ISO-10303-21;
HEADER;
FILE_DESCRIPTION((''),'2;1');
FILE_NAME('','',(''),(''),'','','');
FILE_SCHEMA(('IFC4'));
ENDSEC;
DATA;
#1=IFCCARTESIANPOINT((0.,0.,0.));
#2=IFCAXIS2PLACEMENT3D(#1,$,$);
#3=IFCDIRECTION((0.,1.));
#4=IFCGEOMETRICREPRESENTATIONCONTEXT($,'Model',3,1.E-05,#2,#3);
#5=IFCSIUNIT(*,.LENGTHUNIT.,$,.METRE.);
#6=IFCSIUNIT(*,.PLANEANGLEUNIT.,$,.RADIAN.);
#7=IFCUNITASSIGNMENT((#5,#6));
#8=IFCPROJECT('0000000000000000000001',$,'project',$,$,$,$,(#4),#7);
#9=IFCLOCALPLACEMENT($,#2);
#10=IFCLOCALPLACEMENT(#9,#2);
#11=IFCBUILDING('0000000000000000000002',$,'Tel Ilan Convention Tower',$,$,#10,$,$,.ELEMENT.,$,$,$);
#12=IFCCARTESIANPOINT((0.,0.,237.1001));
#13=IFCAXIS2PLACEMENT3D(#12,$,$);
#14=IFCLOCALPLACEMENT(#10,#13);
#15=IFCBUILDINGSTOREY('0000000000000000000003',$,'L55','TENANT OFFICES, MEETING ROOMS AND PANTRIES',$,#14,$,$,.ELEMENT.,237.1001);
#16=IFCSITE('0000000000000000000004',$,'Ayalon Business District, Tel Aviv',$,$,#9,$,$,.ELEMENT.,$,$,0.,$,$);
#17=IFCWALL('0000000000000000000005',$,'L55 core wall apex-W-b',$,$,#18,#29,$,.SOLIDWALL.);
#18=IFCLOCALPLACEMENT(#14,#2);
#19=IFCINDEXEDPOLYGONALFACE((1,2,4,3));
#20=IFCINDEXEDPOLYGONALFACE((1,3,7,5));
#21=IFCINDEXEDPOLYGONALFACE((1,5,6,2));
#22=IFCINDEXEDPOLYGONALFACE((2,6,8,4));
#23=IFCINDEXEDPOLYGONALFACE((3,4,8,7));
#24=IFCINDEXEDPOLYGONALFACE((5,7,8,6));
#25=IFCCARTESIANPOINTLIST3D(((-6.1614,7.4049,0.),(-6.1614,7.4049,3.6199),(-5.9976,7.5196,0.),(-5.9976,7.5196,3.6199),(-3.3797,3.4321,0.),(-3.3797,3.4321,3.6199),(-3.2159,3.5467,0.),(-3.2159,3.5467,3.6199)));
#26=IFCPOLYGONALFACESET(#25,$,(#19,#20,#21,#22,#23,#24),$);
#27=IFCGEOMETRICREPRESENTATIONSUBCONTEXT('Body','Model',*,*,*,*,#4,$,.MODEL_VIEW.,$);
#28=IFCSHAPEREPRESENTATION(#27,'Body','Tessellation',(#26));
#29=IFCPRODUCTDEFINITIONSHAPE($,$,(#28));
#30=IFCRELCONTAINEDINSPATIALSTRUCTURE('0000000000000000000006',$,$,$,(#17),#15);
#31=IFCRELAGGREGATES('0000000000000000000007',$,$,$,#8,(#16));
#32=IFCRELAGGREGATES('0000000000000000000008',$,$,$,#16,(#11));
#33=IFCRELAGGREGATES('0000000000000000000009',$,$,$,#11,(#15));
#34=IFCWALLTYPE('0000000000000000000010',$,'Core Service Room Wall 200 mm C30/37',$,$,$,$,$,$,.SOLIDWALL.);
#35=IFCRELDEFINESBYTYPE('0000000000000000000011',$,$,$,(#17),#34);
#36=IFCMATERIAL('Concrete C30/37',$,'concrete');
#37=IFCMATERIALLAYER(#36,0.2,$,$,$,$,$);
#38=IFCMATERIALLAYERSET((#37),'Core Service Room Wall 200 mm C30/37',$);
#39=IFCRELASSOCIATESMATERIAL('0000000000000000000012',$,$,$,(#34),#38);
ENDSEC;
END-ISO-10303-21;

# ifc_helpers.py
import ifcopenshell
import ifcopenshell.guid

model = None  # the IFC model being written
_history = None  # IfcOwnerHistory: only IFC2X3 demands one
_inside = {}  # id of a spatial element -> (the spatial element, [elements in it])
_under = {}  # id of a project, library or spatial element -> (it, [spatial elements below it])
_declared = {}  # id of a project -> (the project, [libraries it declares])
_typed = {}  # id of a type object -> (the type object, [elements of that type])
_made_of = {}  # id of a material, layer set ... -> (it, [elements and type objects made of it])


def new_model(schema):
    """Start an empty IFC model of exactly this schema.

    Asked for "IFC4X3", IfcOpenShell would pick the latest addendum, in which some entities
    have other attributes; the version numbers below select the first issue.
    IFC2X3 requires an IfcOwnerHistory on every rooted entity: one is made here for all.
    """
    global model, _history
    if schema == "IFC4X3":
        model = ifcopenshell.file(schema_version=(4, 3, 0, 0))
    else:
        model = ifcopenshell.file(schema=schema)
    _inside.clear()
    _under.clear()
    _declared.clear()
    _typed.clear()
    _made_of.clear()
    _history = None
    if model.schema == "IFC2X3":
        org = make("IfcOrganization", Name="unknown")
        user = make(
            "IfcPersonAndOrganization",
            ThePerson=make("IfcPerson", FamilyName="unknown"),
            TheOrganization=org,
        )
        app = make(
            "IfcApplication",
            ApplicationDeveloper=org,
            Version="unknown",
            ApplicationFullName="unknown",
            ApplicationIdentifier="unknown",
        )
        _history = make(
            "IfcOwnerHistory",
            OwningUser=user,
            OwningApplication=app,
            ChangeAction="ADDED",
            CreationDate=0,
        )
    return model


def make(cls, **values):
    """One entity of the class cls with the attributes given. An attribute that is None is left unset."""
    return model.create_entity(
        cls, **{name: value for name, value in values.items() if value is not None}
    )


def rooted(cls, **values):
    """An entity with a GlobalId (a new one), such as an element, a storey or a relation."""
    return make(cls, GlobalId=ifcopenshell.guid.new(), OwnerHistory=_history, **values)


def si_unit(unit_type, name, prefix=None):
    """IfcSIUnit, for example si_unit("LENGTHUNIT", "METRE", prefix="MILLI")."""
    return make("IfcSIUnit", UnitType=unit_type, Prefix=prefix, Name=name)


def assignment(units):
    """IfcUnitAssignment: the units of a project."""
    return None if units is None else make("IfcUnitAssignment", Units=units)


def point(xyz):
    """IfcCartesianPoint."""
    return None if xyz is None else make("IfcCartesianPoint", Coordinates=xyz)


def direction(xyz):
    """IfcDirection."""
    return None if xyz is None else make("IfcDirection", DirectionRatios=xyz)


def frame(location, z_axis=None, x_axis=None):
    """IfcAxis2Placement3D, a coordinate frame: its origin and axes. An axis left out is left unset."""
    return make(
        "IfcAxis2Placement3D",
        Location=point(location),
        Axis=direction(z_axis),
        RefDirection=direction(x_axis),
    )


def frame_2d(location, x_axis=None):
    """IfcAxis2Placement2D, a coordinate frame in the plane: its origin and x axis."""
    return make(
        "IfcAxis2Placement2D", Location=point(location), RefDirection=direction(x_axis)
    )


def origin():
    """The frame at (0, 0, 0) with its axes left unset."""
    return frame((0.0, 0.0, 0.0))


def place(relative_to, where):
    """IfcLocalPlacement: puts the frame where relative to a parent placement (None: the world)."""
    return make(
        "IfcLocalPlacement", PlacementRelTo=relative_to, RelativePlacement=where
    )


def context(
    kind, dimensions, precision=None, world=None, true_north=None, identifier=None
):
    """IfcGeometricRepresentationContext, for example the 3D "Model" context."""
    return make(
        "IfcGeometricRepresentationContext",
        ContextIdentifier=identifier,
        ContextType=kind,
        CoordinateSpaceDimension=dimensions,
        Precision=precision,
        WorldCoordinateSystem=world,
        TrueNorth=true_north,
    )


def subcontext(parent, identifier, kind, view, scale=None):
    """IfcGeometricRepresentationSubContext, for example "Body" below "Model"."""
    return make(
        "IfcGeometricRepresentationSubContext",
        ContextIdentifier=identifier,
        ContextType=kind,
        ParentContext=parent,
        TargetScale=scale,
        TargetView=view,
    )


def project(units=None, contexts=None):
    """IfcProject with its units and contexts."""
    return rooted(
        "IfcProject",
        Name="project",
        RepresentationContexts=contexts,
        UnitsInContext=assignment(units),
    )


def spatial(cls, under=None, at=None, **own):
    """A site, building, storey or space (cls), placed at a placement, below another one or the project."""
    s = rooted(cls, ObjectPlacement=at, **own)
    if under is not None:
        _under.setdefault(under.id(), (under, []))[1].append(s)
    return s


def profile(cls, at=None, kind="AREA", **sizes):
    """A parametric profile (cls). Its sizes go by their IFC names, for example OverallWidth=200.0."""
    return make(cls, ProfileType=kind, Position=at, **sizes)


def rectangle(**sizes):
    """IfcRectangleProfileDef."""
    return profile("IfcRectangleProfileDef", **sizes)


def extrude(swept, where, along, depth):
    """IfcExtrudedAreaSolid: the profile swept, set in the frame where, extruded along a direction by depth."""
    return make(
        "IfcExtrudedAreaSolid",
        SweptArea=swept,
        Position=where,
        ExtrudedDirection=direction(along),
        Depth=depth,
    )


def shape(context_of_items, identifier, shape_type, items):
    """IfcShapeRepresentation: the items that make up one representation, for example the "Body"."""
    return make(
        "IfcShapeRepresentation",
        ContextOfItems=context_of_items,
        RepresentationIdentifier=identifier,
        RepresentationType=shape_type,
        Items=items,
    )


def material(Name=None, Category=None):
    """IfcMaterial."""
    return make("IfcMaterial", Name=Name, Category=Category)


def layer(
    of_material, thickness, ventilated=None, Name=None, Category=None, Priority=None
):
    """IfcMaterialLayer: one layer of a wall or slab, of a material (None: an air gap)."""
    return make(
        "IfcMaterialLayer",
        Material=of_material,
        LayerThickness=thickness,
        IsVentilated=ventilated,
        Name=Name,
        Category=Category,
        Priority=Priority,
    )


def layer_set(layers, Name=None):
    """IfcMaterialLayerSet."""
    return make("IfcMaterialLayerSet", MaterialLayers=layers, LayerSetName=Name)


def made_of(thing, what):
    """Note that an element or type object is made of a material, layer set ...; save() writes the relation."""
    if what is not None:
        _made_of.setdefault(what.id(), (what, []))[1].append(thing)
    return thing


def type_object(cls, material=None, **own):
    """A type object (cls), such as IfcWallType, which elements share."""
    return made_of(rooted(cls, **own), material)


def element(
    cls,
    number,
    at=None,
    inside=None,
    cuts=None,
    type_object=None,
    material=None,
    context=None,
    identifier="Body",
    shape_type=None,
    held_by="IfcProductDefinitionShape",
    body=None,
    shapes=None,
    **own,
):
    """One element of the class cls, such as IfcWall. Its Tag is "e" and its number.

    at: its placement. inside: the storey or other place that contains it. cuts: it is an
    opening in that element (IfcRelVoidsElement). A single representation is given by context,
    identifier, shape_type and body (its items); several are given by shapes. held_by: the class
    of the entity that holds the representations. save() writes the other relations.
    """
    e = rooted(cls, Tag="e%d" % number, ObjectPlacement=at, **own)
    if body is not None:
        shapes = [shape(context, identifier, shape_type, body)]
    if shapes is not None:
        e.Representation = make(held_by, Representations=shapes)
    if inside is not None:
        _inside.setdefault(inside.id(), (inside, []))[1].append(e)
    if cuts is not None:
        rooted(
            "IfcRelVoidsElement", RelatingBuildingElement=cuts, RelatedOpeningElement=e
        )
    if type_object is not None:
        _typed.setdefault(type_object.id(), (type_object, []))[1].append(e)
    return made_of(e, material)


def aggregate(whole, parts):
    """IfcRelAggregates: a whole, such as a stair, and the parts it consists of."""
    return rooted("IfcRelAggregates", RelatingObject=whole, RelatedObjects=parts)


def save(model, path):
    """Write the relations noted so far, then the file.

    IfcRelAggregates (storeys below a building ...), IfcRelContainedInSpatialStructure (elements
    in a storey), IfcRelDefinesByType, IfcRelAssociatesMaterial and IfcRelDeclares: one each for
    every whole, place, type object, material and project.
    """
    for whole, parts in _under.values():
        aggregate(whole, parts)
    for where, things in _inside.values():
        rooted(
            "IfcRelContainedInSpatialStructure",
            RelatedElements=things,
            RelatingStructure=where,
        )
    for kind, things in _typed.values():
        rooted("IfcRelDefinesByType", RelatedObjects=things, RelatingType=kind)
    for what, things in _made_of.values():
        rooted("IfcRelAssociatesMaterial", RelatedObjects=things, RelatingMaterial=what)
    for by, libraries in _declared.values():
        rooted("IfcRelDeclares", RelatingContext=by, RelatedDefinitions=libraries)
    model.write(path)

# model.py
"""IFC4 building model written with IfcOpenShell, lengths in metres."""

from ifc_helpers import new_model, si_unit, direction, frame, frame_2d, origin, place, context, subcontext, project, spatial, rectangle, extrude, material, layer, layer_set, type_object, element, save


model = new_model("IFC4")

# Units and contexts
model_context = context("Model", 3, precision=1e-05, world=origin(), true_north=direction((0.0, 1.0)))
body_context = subcontext(model_context, "Body", "Model", "MODEL_VIEW")
ifc_project = project(units=[si_unit("LENGTHUNIT", "METRE"), si_unit("PLANEANGLEUNIT", "RADIAN")], contexts=[model_context])

# Site, building, storey
site_placement = place(None, origin())
site = spatial("IfcSite", under=ifc_project, at=site_placement, Name="Ayalon Business District, Tel Aviv", CompositionType="ELEMENT", RefElevation=0.0)
building_placement = place(site_placement, origin())
building = spatial("IfcBuilding", under=site, at=building_placement, Name="Tel Ilan Convention Tower", CompositionType="ELEMENT")
storey_placement = place(building_placement, frame((0.0, 0.0, 237.1001)))
storey = spatial("IfcBuildingStorey", under=building, at=storey_placement, Name="L55", Description="TENANT OFFICES, MEETING ROOMS AND PANTRIES", CompositionType="ELEMENT", Elevation=237.1001)

# Wall
ifc_material_1 = material(Name="Concrete C30/37", Category="concrete")
ifc_layer_1 = layer(ifc_material_1, 0.2)
ifc_layer_set_1 = layer_set([ifc_layer_1], Name="Core Service Room Wall 200 mm C30/37")
wall_type_1 = type_object("IfcWallType", Name="Core Service Room Wall 200 mm C30/37", PredefinedType="SOLIDWALL", material=ifc_layer_set_1)
wall_1_placement = place(storey_placement, frame((-3.2979, 3.4895, 0.0), z_axis=(0.0, 0.0, 1.0), x_axis=(-0.57356, 0.819163, 0.0)))
element("IfcWall", 1, at=wall_1_placement, inside=storey, type_object=wall_type_1, Name="L55 core wall apex-W-b", PredefinedType="SOLIDWALL", context=body_context, shape_type="SweptSolid", body=[
    extrude(rectangle(XDim=4.8499, YDim=0.2, at=frame_2d((2.4248, 0.0))), origin(), (0.0, 0.0, 1.0), 3.6199),
])

save(model, "model.ifc")
